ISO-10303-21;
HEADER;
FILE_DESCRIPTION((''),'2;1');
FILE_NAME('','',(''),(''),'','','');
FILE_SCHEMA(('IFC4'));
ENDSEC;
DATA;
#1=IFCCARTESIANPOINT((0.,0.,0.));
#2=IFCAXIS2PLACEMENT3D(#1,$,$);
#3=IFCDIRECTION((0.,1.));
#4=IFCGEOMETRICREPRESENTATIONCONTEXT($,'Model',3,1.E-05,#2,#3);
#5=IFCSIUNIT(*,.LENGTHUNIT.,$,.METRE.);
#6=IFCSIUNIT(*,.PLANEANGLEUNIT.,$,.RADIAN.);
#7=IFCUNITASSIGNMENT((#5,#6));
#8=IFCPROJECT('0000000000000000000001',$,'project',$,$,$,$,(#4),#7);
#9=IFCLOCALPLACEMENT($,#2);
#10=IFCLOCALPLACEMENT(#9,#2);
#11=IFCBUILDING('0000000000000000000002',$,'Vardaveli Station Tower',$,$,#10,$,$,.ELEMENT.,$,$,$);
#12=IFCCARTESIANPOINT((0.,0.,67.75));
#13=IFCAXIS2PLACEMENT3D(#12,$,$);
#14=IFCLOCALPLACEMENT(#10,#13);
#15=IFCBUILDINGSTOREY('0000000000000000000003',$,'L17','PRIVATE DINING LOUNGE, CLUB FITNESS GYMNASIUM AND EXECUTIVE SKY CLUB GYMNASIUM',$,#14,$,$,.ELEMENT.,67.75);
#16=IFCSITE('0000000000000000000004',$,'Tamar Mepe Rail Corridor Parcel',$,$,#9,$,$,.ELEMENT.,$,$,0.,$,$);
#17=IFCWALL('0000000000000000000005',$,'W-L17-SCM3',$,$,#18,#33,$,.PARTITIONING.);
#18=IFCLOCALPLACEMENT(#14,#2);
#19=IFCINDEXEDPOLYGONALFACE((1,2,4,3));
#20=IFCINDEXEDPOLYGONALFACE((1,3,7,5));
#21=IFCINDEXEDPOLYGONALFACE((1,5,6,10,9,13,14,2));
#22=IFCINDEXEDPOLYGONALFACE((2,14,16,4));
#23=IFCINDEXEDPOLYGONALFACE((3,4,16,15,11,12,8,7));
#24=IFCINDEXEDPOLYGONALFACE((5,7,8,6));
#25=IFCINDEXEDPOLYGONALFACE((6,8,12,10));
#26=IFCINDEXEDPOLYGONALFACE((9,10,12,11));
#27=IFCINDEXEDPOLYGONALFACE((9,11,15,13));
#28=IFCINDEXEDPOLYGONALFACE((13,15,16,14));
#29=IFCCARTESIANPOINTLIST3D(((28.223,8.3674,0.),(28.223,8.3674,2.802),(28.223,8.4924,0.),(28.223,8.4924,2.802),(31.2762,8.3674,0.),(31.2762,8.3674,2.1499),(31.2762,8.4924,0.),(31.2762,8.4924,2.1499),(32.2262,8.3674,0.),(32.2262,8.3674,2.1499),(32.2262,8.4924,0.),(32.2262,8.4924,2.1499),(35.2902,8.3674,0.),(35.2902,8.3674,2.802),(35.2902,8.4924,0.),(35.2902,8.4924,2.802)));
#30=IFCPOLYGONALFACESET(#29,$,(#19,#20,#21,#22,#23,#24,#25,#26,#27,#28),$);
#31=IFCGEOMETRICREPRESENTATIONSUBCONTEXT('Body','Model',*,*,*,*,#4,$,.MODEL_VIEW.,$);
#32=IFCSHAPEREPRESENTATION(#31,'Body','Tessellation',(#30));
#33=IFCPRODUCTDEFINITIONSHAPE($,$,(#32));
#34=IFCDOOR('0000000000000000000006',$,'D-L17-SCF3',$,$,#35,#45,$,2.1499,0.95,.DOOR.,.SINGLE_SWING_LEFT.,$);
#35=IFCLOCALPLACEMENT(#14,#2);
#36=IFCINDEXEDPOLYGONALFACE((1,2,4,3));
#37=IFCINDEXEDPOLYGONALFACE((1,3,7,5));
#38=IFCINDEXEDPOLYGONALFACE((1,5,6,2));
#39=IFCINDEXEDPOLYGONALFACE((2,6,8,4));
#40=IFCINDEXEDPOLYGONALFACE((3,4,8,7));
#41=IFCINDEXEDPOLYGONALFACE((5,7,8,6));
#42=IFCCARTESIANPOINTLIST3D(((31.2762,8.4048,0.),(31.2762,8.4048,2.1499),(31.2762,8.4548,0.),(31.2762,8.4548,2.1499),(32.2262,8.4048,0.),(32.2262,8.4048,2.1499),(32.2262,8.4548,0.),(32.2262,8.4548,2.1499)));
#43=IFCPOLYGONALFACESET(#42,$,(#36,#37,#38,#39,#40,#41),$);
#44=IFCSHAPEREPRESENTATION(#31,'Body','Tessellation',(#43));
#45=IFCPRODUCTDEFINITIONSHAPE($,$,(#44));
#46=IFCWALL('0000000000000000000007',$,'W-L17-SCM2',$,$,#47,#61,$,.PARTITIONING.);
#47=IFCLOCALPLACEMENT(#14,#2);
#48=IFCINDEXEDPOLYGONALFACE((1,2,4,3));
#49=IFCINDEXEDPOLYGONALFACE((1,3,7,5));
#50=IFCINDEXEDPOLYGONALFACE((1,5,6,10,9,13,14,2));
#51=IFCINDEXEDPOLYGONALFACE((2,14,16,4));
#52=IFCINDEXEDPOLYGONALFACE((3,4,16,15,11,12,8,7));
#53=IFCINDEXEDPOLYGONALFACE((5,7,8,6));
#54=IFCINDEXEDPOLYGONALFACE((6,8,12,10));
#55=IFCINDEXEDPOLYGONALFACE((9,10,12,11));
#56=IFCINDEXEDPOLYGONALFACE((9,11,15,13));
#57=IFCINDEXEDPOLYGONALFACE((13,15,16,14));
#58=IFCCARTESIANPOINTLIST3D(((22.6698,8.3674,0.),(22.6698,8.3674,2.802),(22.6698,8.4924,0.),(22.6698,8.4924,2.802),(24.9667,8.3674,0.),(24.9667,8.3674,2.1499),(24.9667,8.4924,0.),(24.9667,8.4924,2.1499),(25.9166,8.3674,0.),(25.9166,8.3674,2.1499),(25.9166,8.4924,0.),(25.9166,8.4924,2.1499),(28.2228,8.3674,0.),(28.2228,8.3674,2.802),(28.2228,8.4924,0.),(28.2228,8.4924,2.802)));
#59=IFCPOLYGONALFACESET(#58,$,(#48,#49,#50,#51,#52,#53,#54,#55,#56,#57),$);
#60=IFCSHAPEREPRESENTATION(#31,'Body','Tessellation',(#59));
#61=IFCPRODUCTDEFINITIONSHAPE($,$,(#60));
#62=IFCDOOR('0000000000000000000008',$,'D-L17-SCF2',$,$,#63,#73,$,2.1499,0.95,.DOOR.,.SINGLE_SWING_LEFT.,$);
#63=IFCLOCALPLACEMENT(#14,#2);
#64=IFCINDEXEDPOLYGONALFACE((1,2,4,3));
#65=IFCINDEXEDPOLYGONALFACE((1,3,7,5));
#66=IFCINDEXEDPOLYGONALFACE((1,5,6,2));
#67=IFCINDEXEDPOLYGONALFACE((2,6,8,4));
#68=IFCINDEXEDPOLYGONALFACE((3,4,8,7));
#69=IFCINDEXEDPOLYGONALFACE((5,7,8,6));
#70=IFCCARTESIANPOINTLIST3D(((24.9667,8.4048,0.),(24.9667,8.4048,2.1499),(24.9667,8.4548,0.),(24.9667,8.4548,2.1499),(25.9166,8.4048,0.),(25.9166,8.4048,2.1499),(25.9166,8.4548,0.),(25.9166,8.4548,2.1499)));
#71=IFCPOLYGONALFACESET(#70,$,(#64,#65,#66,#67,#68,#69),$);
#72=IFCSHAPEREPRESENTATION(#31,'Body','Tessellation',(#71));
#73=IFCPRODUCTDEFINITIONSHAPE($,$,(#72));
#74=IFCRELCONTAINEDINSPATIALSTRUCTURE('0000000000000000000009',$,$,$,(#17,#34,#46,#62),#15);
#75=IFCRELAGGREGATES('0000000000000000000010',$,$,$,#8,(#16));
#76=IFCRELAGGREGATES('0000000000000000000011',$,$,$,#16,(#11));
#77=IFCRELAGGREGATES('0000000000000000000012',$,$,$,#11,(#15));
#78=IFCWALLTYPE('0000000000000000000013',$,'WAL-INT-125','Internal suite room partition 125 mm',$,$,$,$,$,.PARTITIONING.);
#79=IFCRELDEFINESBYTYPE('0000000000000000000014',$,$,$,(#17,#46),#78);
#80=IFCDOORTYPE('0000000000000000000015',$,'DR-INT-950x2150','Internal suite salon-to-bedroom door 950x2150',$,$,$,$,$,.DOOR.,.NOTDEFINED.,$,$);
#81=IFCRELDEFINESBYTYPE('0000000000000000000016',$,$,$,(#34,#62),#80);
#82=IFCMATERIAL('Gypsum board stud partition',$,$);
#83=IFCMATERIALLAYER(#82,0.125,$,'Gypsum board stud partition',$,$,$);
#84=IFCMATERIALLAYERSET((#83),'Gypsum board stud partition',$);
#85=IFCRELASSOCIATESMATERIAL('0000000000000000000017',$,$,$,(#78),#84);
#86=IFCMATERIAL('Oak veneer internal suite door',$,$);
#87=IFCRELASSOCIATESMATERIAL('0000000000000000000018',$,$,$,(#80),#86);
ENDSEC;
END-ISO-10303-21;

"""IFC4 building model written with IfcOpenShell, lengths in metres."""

from ifc_helpers import new_model, si_unit, direction, frame, frame_2d, origin, place, context, subcontext, project, spatial, rectangle, extrude, source, transform, mapped, material, layer, layer_set, type_object, element, fill, save


model = new_model("IFC4")

# Units and contexts
model_context = context("Model", 3, precision=1e-05, world=origin(), true_north=direction((0.0, 1.0)))
body_context = subcontext(model_context, "Body", "Model", "MODEL_VIEW")
ifc_project = project(units=[si_unit("LENGTHUNIT", "METRE"), si_unit("PLANEANGLEUNIT", "RADIAN")], contexts=[model_context])

# Site, building, storey
site_placement = place(None, origin())
site = spatial("IfcSite", under=ifc_project, at=site_placement, Name="Tamar Mepe Rail Corridor Parcel", CompositionType="ELEMENT", RefElevation=0.0)
building_placement = place(site_placement, origin())
building = spatial("IfcBuilding", under=site, at=building_placement, Name="Vardaveli Station Tower", CompositionType="ELEMENT")
storey_placement = place(building_placement, frame((0.0, 0.0, 67.75)))
storey = spatial("IfcBuildingStorey", under=building, at=storey_placement, Name="L17", Description="PRIVATE DINING LOUNGE, CLUB FITNESS GYMNASIUM AND EXECUTIVE SKY CLUB GYMNASIUM", CompositionType="ELEMENT", Elevation=67.75)

# Walls, openings, doors
ifc_material_1 = material(Name="Gypsum board stud partition")
ifc_layer_1 = layer(ifc_material_1, 0.125, Name="Gypsum board stud partition")
ifc_layer_set_1 = layer_set([ifc_layer_1], Name="Gypsum board stud partition")
wall_type_1 = type_object("IfcWallType", Name="WAL-INT-125", Description="Internal suite room partition 125 mm", PredefinedType="PARTITIONING", material=ifc_layer_set_1)
shared_shape_1 = source(origin(), body_context, "Body", "SweptSolid", [
    extrude(rectangle(XDim=7.0671, YDim=0.125, at=frame_2d((3.5337, 0.0))), origin(), (0.0, 0.0, 1.0), 2.802),
])
wall_1_placement = place(storey_placement, frame((28.2229, 8.4299, 0.0), z_axis=(0.0, 0.0, 1.0), x_axis=(1.0, 0.0, 0.0)))
wall_1 = element("IfcWall", 1, at=wall_1_placement, inside=storey, type_object=wall_type_1, Name="W-L17-SCM3", PredefinedType="PARTITIONING", context=body_context, shape_type="MappedRepresentation", body=[
    mapped(shared_shape_1, transform((0.0, 0.0, 0.0), scale=1.0)),
])
shared_shape_2 = source(origin(), body_context, "Body", "SweptSolid", [
    extrude(rectangle(XDim=0.95, YDim=2.1499, at=frame_2d((0.4751, 1.075))), frame((0.0, 0.0725, 0.0), z_axis=(0.0, -1.0, 0.0), x_axis=(1.0, 0.0, 0.0)), (0.0, 0.0, 1.0), 0.145),
])
opening_1_placement = place(wall_1_placement, frame((3.0532, 0.0, 0.0)))
opening_1 = element("IfcOpeningElement", 2, at=opening_1_placement, cuts=wall_1, PredefinedType="OPENING", context=body_context, shape_type="MappedRepresentation", body=[
    mapped(shared_shape_2, transform((0.0, 0.0, 0.0), scale=1.0)),
])
ifc_material_2 = material(Name="Oak veneer internal suite door")
door_type_1 = type_object("IfcDoorType", Name="DR-INT-950x2150", Description="Internal suite salon-to-bedroom door 950x2150", OperationType="NOTDEFINED", PredefinedType="DOOR", material=ifc_material_2)
shared_shape_3 = source(origin(), body_context, "Body", "SweptSolid", [
    extrude(rectangle(XDim=0.95, YDim=2.1499, at=frame_2d((0.4751, 1.075))), frame((0.0, 0.0249, 0.0), z_axis=(0.0, -1.0, 0.0), x_axis=(1.0, 0.0, 0.0)), (0.0, 0.0, 1.0), 0.05),
])
door_1_placement = place(opening_1_placement, origin())
door_1 = element("IfcDoor", 3, at=door_1_placement, inside=storey, type_object=door_type_1, Name="D-L17-SCF3", OperationType="SINGLE_SWING_LEFT", OverallHeight=2.1499, OverallWidth=0.95, PredefinedType="DOOR", context=body_context, shape_type="MappedRepresentation", body=[
    mapped(shared_shape_3, transform((0.0, 0.0, 0.0), scale=1.0)),
])
fill(opening_1, door_1)
shared_shape_4 = source(origin(), body_context, "Body", "SweptSolid", [
    extrude(rectangle(XDim=5.553, YDim=0.125, at=frame_2d((2.7764, 0.0))), origin(), (0.0, 0.0, 1.0), 2.802),
])
wall_2_placement = place(storey_placement, frame((22.6699, 8.4299, 0.0), z_axis=(0.0, 0.0, 1.0), x_axis=(1.0, 0.0, 0.0)))
wall_2 = element("IfcWall", 4, at=wall_2_placement, inside=storey, type_object=wall_type_1, Name="W-L17-SCM2", PredefinedType="PARTITIONING", context=body_context, shape_type="MappedRepresentation", body=[
    mapped(shared_shape_4, transform((0.0, 0.0, 0.0), scale=1.0)),
])
opening_2_placement = place(wall_2_placement, frame((2.2966, 0.0, 0.0)))
opening_2 = element("IfcOpeningElement", 5, at=opening_2_placement, cuts=wall_2, PredefinedType="OPENING", context=body_context, shape_type="MappedRepresentation", body=[
    mapped(shared_shape_2, transform((0.0, 0.0, 0.0), scale=1.0)),
])
door_2_placement = place(opening_2_placement, origin())
door_2 = element("IfcDoor", 6, at=door_2_placement, inside=storey, type_object=door_type_1, Name="D-L17-SCF2", OperationType="SINGLE_SWING_LEFT", OverallHeight=2.1499, OverallWidth=0.95, PredefinedType="DOOR", context=body_context, shape_type="MappedRepresentation", body=[
    mapped(shared_shape_3, transform((0.0, 0.0, 0.0), scale=1.0)),
])
fill(opening_2, door_2)

save(model, "model.ifc")
